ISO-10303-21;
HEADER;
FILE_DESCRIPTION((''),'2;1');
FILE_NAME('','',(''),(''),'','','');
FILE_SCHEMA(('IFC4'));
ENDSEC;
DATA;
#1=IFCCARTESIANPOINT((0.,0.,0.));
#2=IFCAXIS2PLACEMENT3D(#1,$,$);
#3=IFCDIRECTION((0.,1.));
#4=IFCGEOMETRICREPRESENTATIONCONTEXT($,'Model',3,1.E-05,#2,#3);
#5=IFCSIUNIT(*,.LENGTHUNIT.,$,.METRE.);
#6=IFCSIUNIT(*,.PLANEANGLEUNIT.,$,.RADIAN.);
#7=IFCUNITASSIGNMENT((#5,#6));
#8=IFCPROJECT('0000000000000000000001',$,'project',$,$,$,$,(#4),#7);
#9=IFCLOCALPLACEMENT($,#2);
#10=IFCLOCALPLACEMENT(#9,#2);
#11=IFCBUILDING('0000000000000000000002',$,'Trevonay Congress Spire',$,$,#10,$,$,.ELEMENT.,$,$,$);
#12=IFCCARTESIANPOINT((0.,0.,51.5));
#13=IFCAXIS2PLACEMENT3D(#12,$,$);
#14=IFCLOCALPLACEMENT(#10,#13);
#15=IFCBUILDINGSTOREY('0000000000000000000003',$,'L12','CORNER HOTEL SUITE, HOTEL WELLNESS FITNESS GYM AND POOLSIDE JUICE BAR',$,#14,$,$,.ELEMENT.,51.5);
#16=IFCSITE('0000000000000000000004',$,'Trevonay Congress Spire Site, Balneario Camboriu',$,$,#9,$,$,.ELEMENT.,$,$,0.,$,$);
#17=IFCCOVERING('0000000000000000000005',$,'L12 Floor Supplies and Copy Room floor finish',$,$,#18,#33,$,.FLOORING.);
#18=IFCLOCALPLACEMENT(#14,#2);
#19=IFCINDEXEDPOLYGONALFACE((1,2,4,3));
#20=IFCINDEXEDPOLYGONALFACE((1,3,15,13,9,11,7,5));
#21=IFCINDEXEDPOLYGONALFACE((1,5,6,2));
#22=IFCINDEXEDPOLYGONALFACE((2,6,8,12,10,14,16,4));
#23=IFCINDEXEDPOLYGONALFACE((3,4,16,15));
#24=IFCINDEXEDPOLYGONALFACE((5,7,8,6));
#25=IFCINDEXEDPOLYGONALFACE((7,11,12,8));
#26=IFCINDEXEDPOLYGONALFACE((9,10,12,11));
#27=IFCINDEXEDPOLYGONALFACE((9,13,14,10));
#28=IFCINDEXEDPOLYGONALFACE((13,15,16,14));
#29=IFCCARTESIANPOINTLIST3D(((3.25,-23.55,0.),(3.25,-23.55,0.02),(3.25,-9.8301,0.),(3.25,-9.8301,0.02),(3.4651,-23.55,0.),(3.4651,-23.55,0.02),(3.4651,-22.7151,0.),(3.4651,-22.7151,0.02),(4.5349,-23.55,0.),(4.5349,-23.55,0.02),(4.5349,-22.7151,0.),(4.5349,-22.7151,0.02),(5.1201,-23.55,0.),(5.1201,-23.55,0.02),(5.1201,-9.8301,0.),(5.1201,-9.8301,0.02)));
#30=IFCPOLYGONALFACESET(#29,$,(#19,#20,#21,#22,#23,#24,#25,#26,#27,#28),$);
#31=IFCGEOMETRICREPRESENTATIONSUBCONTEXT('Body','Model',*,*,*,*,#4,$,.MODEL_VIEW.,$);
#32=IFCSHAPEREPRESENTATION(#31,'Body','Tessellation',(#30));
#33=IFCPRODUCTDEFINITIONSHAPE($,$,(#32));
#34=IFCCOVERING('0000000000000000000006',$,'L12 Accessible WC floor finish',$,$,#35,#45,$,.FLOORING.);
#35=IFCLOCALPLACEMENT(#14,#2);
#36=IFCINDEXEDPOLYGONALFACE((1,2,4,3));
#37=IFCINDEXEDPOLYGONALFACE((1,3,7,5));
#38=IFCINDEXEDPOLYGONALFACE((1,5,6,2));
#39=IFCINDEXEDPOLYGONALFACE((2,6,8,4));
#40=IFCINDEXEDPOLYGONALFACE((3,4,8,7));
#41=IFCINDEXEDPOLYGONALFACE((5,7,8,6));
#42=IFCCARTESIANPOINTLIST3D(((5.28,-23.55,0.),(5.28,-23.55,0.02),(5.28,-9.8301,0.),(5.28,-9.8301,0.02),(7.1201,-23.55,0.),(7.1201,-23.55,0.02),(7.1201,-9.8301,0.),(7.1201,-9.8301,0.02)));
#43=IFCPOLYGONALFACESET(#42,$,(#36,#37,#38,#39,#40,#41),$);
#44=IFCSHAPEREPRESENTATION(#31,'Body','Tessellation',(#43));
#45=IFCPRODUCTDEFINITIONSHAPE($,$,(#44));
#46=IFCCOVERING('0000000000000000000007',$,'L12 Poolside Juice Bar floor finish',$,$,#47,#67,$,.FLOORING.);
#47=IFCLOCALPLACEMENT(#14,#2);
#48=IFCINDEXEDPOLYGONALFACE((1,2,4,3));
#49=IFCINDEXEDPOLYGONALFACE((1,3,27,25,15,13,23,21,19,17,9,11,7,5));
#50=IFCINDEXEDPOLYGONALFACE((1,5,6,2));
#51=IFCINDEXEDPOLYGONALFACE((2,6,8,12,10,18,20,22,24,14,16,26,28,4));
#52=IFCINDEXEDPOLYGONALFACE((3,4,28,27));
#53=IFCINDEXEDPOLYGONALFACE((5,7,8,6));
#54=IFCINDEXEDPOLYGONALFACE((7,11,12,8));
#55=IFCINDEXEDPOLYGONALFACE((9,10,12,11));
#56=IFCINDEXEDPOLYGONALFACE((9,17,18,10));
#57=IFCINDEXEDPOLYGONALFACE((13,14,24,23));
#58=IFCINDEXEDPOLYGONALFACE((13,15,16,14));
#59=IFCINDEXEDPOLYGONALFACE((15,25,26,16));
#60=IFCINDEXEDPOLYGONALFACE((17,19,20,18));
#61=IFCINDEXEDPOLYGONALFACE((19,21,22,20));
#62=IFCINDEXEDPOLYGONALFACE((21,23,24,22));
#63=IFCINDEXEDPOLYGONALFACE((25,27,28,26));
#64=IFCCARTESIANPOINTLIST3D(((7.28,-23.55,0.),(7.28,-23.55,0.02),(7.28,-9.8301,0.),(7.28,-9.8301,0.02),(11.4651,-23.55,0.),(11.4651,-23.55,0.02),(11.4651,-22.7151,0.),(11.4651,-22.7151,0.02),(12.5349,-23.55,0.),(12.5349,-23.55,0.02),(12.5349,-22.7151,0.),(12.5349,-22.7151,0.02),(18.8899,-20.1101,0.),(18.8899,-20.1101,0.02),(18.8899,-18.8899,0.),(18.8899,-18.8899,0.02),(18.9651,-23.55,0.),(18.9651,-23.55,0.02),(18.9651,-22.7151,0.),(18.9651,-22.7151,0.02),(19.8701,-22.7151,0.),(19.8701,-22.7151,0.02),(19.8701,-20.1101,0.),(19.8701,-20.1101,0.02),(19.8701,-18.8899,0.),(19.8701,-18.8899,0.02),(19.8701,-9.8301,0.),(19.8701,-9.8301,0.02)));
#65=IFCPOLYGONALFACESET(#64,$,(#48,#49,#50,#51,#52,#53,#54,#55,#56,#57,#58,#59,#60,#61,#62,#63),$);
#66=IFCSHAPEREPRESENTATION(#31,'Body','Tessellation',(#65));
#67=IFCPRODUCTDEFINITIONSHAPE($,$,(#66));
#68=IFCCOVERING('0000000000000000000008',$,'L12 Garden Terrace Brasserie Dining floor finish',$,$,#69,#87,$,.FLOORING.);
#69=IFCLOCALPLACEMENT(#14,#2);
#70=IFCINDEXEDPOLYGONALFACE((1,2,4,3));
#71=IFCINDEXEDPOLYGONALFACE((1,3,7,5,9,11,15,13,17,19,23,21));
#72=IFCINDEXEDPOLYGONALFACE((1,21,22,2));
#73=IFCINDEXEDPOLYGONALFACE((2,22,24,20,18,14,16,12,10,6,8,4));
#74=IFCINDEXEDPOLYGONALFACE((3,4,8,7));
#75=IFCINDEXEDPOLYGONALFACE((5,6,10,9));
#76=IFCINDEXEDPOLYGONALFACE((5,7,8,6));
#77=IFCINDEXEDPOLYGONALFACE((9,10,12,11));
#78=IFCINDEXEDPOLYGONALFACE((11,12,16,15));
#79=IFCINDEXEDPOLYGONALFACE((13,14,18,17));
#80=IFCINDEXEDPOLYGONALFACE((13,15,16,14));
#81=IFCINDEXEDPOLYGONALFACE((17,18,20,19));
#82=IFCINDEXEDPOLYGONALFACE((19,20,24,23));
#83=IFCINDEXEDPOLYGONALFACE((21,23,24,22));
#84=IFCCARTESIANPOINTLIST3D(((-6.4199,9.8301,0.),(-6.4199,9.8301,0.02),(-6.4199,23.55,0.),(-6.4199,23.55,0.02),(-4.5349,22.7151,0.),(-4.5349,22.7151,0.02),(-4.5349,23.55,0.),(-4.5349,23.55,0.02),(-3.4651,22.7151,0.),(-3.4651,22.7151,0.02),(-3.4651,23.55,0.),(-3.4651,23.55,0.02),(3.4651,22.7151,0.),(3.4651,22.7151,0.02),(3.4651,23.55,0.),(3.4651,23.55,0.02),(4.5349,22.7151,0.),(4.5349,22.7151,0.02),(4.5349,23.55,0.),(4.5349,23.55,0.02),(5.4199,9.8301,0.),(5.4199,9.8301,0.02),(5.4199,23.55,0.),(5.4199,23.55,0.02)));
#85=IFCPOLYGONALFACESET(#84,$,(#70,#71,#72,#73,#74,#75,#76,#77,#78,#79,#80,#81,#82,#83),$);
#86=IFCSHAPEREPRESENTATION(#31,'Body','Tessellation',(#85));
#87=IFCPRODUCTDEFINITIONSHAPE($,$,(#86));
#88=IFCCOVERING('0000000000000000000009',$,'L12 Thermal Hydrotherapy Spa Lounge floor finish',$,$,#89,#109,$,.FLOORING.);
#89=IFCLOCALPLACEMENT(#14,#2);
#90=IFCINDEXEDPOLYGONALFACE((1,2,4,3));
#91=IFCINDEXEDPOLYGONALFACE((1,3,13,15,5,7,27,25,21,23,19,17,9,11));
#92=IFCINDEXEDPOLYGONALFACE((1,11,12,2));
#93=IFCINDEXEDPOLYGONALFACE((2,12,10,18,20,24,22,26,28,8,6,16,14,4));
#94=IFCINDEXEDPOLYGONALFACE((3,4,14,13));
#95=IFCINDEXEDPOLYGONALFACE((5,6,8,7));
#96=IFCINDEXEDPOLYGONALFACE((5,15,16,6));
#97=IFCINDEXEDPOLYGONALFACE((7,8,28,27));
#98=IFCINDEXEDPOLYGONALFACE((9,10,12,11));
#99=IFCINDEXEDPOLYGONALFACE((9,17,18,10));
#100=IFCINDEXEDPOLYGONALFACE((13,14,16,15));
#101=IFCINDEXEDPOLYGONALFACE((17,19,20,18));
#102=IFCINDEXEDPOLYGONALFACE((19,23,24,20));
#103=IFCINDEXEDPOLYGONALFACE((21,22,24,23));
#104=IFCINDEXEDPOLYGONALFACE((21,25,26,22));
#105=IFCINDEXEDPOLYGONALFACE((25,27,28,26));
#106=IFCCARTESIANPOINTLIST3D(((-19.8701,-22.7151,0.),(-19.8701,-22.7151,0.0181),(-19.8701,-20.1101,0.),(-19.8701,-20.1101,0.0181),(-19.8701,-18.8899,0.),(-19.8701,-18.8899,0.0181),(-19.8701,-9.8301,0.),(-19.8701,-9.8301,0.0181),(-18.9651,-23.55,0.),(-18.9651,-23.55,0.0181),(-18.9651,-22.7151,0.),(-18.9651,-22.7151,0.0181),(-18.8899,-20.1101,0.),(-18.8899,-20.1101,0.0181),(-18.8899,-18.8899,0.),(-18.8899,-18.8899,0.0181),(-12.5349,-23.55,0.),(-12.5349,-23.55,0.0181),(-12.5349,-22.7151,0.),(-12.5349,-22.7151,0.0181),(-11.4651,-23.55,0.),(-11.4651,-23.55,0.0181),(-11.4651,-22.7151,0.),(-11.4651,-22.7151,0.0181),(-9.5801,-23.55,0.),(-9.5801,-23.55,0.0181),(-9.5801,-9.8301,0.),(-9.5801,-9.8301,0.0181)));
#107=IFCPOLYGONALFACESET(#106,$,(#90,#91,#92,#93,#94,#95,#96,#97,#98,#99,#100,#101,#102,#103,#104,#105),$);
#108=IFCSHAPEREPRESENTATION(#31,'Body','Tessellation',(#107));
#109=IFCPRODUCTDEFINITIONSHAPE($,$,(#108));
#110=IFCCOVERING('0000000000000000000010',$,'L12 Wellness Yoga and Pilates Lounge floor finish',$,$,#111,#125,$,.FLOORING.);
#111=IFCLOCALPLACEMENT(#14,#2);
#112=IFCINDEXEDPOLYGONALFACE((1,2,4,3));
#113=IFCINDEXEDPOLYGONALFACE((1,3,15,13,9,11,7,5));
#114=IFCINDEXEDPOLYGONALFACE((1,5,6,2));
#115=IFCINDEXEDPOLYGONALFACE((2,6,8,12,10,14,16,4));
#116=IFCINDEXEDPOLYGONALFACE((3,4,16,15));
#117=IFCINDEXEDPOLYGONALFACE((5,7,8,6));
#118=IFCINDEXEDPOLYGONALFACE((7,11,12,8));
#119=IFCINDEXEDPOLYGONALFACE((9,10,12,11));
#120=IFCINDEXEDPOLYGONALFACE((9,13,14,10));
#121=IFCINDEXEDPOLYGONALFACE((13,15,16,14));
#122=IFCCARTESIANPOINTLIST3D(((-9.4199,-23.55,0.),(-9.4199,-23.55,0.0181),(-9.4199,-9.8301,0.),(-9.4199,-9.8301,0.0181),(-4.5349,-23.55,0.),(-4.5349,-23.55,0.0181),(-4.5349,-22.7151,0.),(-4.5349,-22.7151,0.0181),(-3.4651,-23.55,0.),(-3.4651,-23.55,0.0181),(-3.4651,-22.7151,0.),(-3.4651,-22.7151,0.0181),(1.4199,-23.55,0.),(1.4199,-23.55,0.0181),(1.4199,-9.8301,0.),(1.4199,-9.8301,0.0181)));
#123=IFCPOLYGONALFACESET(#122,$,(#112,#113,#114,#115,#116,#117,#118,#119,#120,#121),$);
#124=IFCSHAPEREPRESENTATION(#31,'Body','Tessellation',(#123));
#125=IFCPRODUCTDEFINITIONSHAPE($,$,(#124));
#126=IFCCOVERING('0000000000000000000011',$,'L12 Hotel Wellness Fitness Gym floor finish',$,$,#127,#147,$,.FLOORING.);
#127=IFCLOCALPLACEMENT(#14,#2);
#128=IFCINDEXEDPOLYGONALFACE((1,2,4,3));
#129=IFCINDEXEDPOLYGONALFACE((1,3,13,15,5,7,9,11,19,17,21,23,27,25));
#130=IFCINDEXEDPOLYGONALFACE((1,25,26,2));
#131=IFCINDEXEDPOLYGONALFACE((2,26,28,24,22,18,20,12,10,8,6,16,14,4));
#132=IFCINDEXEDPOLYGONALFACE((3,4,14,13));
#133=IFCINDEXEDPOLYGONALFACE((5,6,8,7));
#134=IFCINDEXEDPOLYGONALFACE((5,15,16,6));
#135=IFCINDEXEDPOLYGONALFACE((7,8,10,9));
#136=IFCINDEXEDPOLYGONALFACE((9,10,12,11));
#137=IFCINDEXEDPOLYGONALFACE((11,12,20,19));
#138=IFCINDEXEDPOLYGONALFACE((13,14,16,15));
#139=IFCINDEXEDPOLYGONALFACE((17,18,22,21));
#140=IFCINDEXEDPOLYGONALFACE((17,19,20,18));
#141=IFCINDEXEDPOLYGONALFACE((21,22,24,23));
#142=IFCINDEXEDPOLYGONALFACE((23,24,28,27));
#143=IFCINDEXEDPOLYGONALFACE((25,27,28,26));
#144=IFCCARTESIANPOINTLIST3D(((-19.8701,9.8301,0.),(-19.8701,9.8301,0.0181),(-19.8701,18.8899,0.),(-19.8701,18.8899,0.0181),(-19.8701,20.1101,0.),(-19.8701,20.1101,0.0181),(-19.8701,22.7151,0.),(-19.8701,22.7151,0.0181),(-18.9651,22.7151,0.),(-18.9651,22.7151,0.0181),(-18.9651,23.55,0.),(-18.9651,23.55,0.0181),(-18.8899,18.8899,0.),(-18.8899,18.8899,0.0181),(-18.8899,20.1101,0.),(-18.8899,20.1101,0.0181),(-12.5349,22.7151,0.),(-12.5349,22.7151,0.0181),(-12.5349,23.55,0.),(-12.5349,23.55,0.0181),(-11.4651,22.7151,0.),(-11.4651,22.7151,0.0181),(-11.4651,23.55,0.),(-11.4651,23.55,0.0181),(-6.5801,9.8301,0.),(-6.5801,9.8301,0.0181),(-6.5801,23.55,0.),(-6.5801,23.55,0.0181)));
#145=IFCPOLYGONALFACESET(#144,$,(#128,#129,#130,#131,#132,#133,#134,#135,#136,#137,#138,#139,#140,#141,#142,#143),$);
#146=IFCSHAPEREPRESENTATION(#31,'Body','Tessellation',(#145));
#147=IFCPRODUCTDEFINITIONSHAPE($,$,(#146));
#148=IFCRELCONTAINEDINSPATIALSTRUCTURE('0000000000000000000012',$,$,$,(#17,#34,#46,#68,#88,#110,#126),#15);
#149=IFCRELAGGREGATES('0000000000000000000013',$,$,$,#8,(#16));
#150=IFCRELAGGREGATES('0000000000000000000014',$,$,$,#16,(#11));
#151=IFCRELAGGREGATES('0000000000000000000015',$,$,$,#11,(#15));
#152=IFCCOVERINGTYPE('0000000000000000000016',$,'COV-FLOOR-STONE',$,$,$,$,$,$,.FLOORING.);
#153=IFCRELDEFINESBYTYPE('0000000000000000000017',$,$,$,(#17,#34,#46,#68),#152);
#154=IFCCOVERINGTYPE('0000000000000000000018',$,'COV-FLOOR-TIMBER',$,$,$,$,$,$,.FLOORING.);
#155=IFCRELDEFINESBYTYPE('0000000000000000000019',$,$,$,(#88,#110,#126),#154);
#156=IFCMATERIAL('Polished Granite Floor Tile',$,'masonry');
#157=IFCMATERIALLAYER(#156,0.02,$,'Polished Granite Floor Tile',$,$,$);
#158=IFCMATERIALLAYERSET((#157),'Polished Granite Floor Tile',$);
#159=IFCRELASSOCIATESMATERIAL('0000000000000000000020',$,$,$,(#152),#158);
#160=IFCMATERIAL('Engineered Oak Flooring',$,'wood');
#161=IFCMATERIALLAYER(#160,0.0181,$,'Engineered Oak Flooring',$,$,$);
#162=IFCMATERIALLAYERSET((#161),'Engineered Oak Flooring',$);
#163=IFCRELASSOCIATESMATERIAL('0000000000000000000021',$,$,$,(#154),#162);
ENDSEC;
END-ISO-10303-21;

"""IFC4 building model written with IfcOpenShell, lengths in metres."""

from ifc_helpers import new_model, si_unit, direction, frame, origin, place, context, subcontext, project, spatial, polyline, outline, extrude, material, layer, layer_set, type_object, element, save


model = new_model("IFC4")

# Units and contexts
model_context = context("Model", 3, precision=1e-05, world=origin(), true_north=direction((0.0, 1.0)))
body_context = subcontext(model_context, "Body", "Model", "MODEL_VIEW")
ifc_project = project(units=[si_unit("LENGTHUNIT", "METRE"), si_unit("PLANEANGLEUNIT", "RADIAN")], contexts=[model_context])

# Site, building, storey
site_placement = place(None, origin())
site = spatial("IfcSite", under=ifc_project, at=site_placement, Name="Trevonay Congress Spire Site, Balneario Camboriu", CompositionType="ELEMENT", RefElevation=0.0)
building_placement = place(site_placement, origin())
building = spatial("IfcBuilding", under=site, at=building_placement, Name="Trevonay Congress Spire", CompositionType="ELEMENT")
storey_placement = place(building_placement, frame((0.0, 0.0, 51.5)))
storey = spatial("IfcBuildingStorey", under=building, at=storey_placement, Name="L12", Description="CORNER HOTEL SUITE, HOTEL WELLNESS FITNESS GYM AND POOLSIDE JUICE BAR", CompositionType="ELEMENT", Elevation=51.5)

# Coverings
ifc_material_1 = material(Name="Polished Granite Floor Tile", Category="masonry")
ifc_layer_1 = layer(ifc_material_1, 0.02, Name="Polished Granite Floor Tile")
ifc_layer_set_1 = layer_set([ifc_layer_1], Name="Polished Granite Floor Tile")
covering_type_1 = type_object("IfcCoveringType", Name="COV-FLOOR-STONE", PredefinedType="FLOORING", material=ifc_layer_set_1)
covering_1_placement = place(storey_placement, origin())
element("IfcCovering", 1, at=covering_1_placement, inside=storey, type_object=covering_type_1, Name="L12 Floor Supplies and Copy Room floor finish", PredefinedType="FLOORING", context=body_context, shape_type="SweptSolid", body=[
    extrude(outline(polyline([(3.25, -23.55), (3.25, -9.8301), (5.1201, -9.8301), (5.1201, -23.55), (4.5349, -23.55), (4.5349, -22.7151), (3.4651, -22.7151), (3.4651, -23.55), (3.25, -23.55)])), origin(), (0.0, 0.0, 1.0), 0.02),
])
covering_2_placement = place(storey_placement, origin())
element("IfcCovering", 2, at=covering_2_placement, inside=storey, type_object=covering_type_1, Name="L12 Accessible WC floor finish", PredefinedType="FLOORING", context=body_context, shape_type="SweptSolid", body=[
    extrude(outline(polyline([(5.28, -23.55), (7.1201, -23.55), (7.1201, -9.8301), (5.28, -9.8301), (5.28, -23.55)])), origin(), (0.0, 0.0, 1.0), 0.02),
])
covering_3_placement = place(storey_placement, origin())
element("IfcCovering", 3, at=covering_3_placement, inside=storey, type_object=covering_type_1, Name="L12 Poolside Juice Bar floor finish", PredefinedType="FLOORING", context=body_context, shape_type="SweptSolid", body=[
    extrude(outline(polyline([(7.28, -23.55), (7.28, -9.8301), (19.8701, -9.8301), (19.8701, -18.8899), (18.8899, -18.8899), (18.8899, -20.1101), (19.8701, -20.1101), (19.8701, -22.7151), (18.9651, -22.7151), (18.9651, -23.55), (12.5349, -23.55), (12.5349, -22.7151), (11.4651, -22.7151), (11.4651, -23.55), (7.28, -23.55)])), origin(), (0.0, 0.0, 1.0), 0.02),
])
covering_4_placement = place(storey_placement, origin())
element("IfcCovering", 4, at=covering_4_placement, inside=storey, type_object=covering_type_1, Name="L12 Garden Terrace Brasserie Dining floor finish", PredefinedType="FLOORING", context=body_context, shape_type="SweptSolid", body=[
    extrude(outline(polyline([(5.4199, 23.55), (5.4199, 9.8301), (-6.4199, 9.8301), (-6.4199, 23.55), (-4.5349, 23.55), (-4.5349, 22.7151), (-3.4651, 22.7151), (-3.4651, 23.55), (3.4651, 23.55), (3.4651, 22.7151), (4.5349, 22.7151), (4.5349, 23.55), (5.4199, 23.55)])), origin(), (0.0, 0.0, 1.0), 0.02),
])
ifc_material_2 = material(Name="Engineered Oak Flooring", Category="wood")
ifc_layer_2 = layer(ifc_material_2, 0.0181, Name="Engineered Oak Flooring")
ifc_layer_set_2 = layer_set([ifc_layer_2], Name="Engineered Oak Flooring")
covering_type_2 = type_object("IfcCoveringType", Name="COV-FLOOR-TIMBER", PredefinedType="FLOORING", material=ifc_layer_set_2)
covering_5_placement = place(storey_placement, origin())
element("IfcCovering", 5, at=covering_5_placement, inside=storey, type_object=covering_type_2, Name="L12 Thermal Hydrotherapy Spa Lounge floor finish", PredefinedType="FLOORING", context=body_context, shape_type="SweptSolid", body=[
    extrude(outline(polyline([(-18.9651, -23.55), (-18.9651, -22.7151), (-19.8701, -22.7151), (-19.8701, -20.1101), (-18.8899, -20.1101), (-18.8899, -18.8899), (-19.8701, -18.8899), (-19.8701, -9.8301), (-9.5801, -9.8301), (-9.5801, -23.55), (-11.4651, -23.55), (-11.4651, -22.7151), (-12.5349, -22.7151), (-12.5349, -23.55), (-18.9651, -23.55)])), origin(), (0.0, 0.0, 1.0), 0.0181),
])
covering_6_placement = place(storey_placement, origin())
element("IfcCovering", 6, at=covering_6_placement, inside=storey, type_object=covering_type_2, Name="L12 Wellness Yoga and Pilates Lounge floor finish", PredefinedType="FLOORING", context=body_context, shape_type="SweptSolid", body=[
    extrude(outline(polyline([(-9.4199, -23.55), (-9.4199, -9.8301), (1.4199, -9.8301), (1.4199, -23.55), (-3.4651, -23.55), (-3.4651, -22.7151), (-4.5349, -22.7151), (-4.5349, -23.55), (-9.4199, -23.55)])), origin(), (0.0, 0.0, 1.0), 0.0181),
])
covering_7_placement = place(storey_placement, origin())
element("IfcCovering", 7, at=covering_7_placement, inside=storey, type_object=covering_type_2, Name="L12 Hotel Wellness Fitness Gym floor finish", PredefinedType="FLOORING", context=body_context, shape_type="SweptSolid", body=[
    extrude(outline(polyline([(-6.5801, 23.55), (-6.5801, 9.8301), (-19.8701, 9.8301), (-19.8701, 18.8899), (-18.8899, 18.8899), (-18.8899, 20.1101), (-19.8701, 20.1101), (-19.8701, 22.7151), (-18.9651, 22.7151), (-18.9651, 23.55), (-12.5349, 23.55), (-12.5349, 22.7151), (-11.4651, 22.7151), (-11.4651, 23.55), (-6.5801, 23.55)])), origin(), (0.0, 0.0, 1.0), 0.0181),
])

save(model, "model.ifc")
